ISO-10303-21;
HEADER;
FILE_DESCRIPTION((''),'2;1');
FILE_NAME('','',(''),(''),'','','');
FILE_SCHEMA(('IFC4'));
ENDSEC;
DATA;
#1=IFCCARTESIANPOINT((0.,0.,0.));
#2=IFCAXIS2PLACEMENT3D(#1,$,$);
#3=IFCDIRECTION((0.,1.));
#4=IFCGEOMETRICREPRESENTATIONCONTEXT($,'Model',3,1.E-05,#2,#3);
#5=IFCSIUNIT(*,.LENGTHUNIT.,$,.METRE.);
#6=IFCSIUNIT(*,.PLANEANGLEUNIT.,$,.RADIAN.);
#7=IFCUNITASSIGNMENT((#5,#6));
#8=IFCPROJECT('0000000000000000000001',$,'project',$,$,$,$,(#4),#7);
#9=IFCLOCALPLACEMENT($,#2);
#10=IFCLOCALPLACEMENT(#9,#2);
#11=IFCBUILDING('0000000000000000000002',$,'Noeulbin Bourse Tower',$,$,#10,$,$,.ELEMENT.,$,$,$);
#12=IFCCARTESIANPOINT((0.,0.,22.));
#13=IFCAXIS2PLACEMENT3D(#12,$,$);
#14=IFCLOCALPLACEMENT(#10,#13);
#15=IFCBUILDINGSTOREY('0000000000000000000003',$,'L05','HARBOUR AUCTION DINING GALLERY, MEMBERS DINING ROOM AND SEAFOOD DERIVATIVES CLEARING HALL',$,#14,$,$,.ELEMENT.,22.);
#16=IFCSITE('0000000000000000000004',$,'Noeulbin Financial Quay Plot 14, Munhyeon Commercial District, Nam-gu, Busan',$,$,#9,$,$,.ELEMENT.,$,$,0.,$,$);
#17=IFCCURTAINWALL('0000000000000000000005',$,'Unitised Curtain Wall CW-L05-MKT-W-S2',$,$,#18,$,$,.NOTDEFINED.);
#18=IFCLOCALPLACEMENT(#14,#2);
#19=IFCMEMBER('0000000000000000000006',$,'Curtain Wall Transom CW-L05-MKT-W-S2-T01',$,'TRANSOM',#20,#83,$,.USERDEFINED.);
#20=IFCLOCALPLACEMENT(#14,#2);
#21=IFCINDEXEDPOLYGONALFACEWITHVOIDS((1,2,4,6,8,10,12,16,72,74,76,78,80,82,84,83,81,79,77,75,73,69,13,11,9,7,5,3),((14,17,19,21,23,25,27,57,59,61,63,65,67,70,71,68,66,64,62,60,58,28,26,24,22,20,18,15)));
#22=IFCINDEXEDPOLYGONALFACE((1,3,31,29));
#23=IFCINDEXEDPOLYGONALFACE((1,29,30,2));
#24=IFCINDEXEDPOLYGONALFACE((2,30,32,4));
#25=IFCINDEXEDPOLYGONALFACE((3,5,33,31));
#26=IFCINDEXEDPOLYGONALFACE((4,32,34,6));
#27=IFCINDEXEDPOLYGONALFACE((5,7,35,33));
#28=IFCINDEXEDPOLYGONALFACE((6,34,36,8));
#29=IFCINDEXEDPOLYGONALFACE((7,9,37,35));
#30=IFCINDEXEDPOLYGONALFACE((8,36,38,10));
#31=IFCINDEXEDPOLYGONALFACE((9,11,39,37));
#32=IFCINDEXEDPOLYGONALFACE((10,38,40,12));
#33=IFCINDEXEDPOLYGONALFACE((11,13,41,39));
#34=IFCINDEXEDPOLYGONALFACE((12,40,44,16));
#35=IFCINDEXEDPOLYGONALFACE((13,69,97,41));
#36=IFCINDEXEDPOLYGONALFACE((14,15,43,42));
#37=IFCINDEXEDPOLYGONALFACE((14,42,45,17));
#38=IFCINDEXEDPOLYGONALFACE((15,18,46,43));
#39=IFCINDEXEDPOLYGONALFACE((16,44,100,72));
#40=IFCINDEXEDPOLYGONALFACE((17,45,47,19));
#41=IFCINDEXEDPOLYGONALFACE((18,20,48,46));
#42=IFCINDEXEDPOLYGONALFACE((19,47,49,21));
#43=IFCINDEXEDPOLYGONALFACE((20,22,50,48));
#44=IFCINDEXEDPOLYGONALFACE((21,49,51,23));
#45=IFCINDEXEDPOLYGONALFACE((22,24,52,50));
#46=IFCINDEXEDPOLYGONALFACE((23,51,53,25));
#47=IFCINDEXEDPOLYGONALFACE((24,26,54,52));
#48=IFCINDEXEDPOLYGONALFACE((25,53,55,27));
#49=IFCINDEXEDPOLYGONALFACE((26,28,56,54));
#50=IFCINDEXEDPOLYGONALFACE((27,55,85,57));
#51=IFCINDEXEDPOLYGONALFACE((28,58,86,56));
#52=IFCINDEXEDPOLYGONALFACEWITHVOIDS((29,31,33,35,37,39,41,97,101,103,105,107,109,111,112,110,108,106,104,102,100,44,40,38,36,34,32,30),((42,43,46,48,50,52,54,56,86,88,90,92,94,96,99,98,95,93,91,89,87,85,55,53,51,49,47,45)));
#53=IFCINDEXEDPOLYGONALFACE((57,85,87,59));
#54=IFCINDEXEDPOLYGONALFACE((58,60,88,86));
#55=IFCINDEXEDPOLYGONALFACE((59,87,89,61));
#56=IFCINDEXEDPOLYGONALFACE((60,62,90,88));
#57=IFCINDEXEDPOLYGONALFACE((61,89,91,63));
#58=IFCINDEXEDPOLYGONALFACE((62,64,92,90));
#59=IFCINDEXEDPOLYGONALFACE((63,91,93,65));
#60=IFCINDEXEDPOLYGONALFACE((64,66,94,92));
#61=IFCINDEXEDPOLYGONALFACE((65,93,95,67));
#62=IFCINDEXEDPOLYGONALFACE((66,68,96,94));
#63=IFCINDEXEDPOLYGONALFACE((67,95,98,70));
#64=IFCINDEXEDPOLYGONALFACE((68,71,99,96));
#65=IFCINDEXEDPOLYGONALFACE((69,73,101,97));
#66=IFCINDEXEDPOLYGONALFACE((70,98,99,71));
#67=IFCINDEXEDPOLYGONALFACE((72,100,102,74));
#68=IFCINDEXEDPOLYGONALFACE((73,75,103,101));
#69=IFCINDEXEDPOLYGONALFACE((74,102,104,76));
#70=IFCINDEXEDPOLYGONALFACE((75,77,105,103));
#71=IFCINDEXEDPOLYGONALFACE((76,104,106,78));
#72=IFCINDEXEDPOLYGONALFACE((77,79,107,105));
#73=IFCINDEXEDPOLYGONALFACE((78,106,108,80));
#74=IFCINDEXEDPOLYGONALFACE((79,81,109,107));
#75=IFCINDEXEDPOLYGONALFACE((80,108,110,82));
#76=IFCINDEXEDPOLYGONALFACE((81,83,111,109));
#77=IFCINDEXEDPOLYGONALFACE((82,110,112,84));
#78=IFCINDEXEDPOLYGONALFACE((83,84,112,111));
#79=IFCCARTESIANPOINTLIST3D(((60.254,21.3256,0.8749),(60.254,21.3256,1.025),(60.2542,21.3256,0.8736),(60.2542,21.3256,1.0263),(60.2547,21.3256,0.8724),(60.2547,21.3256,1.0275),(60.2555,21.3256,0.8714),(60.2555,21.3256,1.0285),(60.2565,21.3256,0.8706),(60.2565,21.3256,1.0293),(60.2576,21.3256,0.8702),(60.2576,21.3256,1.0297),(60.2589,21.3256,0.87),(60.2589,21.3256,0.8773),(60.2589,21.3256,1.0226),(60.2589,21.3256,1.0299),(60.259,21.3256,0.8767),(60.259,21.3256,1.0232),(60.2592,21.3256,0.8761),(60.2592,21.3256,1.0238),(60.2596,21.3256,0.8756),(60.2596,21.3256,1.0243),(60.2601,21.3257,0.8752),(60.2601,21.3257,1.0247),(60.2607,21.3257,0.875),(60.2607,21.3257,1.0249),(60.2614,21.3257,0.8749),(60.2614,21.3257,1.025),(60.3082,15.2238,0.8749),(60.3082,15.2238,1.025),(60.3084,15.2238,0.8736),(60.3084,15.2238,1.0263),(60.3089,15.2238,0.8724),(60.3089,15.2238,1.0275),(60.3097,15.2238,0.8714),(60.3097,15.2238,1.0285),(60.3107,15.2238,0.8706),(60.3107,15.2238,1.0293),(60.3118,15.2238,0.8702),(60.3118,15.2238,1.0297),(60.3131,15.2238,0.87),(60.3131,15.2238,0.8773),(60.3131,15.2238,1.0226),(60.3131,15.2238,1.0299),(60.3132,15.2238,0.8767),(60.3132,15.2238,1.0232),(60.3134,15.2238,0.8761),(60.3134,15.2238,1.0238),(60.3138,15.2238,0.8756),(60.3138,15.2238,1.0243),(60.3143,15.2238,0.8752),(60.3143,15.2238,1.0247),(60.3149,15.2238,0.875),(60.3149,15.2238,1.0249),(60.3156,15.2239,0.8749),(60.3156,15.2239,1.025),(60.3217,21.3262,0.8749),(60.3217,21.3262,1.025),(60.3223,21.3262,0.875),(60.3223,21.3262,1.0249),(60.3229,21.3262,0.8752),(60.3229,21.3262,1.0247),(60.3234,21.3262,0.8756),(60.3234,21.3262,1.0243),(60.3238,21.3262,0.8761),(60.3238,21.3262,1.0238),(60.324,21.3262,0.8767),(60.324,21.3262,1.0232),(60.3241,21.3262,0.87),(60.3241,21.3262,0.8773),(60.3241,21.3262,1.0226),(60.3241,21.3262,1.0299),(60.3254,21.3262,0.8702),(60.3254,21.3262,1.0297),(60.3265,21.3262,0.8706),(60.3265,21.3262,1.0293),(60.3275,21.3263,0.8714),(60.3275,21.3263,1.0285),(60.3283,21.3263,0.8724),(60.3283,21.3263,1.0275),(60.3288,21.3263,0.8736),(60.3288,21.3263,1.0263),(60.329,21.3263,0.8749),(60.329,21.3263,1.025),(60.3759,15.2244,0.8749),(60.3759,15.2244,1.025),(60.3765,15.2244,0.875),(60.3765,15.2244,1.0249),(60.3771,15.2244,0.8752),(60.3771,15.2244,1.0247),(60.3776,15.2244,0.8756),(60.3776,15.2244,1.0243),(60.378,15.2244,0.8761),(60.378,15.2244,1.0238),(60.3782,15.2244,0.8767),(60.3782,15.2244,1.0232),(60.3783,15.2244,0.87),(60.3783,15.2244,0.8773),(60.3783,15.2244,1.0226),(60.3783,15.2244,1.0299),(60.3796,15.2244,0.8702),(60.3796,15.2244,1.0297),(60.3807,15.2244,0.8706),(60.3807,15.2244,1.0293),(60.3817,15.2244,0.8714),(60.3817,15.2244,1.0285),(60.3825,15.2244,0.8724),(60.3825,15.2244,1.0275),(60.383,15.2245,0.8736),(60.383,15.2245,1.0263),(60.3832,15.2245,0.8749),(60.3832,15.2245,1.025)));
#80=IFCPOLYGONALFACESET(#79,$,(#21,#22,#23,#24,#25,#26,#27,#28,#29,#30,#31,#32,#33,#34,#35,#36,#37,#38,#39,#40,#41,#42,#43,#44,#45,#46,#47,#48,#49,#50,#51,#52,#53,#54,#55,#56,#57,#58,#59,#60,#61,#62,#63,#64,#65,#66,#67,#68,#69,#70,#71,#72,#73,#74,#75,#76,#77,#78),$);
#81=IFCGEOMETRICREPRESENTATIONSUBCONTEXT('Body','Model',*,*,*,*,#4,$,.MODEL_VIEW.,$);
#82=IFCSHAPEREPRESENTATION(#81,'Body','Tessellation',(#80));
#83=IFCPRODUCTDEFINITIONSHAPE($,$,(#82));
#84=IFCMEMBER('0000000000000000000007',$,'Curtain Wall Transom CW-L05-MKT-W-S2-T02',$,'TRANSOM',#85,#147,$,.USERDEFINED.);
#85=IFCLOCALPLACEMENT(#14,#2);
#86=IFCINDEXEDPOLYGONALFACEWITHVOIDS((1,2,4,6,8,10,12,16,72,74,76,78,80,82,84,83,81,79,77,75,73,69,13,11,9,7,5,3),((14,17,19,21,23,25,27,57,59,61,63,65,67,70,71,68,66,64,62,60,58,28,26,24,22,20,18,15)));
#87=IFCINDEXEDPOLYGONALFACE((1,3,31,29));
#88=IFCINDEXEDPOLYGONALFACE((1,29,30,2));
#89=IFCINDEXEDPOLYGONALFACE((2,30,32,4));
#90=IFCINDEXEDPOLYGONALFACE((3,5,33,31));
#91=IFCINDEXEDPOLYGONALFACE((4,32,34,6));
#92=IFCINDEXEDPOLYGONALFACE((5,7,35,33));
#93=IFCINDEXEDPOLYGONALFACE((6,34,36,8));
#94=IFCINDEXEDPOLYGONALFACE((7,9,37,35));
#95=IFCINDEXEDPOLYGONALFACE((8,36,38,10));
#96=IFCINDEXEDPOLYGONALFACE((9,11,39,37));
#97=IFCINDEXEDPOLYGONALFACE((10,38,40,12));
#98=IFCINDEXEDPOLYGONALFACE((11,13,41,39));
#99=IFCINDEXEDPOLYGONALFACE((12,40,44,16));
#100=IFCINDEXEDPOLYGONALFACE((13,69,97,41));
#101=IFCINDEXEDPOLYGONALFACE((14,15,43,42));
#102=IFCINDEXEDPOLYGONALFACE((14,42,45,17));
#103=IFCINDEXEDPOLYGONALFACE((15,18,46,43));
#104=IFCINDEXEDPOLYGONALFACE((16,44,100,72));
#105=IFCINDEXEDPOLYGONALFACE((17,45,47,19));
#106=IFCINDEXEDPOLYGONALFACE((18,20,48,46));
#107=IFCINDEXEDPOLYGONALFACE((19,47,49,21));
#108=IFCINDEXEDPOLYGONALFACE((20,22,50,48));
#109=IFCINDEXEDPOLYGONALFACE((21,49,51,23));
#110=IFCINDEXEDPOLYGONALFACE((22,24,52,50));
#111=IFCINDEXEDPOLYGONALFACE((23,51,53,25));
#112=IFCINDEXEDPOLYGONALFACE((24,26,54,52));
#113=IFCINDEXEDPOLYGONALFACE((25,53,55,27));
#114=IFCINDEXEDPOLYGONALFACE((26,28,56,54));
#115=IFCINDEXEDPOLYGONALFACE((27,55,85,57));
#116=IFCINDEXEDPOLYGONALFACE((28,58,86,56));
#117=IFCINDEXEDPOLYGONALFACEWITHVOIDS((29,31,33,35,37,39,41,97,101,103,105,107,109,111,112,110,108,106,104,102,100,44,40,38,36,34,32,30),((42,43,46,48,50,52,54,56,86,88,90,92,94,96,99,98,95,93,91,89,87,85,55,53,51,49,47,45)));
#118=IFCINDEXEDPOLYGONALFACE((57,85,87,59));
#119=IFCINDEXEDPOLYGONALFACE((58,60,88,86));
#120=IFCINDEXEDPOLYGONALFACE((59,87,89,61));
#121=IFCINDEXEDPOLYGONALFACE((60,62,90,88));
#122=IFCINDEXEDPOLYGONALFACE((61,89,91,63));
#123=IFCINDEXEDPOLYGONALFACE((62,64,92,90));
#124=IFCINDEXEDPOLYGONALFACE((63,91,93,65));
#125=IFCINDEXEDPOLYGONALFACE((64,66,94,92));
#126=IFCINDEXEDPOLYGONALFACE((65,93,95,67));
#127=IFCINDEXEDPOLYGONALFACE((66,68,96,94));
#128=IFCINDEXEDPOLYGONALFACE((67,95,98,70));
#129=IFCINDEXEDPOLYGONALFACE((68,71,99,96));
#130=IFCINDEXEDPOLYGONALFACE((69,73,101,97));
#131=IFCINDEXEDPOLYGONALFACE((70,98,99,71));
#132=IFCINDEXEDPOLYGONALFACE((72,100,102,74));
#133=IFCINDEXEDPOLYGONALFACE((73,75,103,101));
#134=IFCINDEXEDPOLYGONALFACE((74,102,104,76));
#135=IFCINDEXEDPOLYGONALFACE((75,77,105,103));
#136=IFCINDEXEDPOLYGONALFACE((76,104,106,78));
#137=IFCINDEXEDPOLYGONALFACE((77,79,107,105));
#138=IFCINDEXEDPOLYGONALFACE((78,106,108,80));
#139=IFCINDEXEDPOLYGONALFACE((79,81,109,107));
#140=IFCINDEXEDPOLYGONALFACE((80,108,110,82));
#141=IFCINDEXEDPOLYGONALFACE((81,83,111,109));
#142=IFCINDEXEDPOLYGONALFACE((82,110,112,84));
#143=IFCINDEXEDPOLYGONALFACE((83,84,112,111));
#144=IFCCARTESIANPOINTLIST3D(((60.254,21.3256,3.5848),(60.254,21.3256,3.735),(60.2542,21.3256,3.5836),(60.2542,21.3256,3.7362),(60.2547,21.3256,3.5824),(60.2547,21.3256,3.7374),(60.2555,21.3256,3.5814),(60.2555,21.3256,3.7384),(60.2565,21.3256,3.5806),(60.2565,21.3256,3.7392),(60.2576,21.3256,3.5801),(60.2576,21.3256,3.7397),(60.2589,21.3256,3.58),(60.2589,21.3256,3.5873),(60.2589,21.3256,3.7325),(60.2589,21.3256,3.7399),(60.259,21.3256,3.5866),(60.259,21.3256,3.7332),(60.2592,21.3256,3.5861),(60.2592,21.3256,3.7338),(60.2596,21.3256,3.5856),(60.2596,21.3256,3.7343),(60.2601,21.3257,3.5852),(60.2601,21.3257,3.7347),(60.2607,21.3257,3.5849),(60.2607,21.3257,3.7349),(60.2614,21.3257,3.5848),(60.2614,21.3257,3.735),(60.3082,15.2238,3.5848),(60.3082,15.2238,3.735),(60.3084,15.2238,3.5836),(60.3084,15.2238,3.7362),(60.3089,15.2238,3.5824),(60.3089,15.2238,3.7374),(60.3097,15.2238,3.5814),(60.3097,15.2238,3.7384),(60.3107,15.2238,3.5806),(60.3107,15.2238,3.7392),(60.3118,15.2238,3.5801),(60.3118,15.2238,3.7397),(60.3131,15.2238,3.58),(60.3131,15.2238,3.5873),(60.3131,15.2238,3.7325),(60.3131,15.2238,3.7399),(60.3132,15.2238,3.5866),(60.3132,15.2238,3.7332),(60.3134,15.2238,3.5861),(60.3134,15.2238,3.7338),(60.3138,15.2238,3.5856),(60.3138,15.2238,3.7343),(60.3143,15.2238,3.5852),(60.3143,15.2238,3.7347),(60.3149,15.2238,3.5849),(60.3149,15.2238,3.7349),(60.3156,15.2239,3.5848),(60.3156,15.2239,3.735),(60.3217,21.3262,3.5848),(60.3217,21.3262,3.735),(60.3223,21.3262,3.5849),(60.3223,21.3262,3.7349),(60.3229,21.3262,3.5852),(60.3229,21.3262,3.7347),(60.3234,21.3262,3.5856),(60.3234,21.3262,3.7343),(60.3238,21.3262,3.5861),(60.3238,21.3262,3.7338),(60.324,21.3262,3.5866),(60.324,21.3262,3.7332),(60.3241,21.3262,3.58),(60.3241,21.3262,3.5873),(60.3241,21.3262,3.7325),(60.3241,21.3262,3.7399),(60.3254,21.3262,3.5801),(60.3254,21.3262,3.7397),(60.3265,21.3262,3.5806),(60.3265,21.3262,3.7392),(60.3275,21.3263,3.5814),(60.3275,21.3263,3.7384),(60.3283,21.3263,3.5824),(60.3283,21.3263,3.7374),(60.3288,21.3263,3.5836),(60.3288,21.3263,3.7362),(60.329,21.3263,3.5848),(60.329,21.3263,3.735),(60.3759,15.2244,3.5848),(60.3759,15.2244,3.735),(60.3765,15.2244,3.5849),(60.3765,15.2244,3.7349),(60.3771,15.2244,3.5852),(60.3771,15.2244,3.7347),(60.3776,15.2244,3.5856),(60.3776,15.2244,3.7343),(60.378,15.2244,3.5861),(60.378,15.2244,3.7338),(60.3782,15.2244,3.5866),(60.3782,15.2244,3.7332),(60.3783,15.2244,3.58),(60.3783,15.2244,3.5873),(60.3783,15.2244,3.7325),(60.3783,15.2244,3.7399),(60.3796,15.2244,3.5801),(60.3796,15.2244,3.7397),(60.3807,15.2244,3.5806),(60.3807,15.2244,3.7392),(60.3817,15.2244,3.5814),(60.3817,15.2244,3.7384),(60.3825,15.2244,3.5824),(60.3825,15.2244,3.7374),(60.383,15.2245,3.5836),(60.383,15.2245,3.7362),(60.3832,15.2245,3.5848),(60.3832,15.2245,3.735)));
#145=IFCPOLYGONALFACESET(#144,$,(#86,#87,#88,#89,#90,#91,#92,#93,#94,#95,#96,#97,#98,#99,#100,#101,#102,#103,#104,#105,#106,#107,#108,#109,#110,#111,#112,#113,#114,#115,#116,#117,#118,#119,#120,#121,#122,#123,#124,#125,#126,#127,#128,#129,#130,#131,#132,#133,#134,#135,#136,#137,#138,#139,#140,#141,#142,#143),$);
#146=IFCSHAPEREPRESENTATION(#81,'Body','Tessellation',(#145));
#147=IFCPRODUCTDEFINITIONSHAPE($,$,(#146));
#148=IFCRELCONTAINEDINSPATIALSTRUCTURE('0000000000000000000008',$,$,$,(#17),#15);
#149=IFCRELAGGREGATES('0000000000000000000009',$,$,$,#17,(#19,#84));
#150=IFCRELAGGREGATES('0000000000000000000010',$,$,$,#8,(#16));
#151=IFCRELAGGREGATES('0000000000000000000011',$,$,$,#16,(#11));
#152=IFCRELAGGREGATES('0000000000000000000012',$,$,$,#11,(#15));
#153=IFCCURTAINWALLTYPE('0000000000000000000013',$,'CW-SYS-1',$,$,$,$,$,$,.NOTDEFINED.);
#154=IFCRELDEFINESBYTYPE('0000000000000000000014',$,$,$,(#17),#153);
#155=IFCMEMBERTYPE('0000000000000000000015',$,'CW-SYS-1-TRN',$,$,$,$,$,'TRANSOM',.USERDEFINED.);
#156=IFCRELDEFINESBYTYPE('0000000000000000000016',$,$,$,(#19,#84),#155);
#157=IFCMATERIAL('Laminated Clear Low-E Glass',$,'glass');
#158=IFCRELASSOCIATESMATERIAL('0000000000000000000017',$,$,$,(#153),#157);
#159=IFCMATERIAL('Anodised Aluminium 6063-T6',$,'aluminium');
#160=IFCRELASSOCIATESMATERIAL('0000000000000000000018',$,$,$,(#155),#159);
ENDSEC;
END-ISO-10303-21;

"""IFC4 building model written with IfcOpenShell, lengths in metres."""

from ifc_helpers import new_model, si_unit, direction, frame, origin, origin_2d, place, context, subcontext, project, spatial, hollow_rectangle, extrude, material, material_profile, profile_set, type_object, element, aggregate, save


model = new_model("IFC4")

# Units and contexts
model_context = context("Model", 3, precision=1e-05, world=origin(), true_north=direction((0.0, 1.0)))
body_context = subcontext(model_context, "Body", "Model", "MODEL_VIEW")
ifc_project = project(units=[si_unit("LENGTHUNIT", "METRE"), si_unit("PLANEANGLEUNIT", "RADIAN")], contexts=[model_context])

# Site, building, storey
site_placement = place(None, origin())
site = spatial("IfcSite", under=ifc_project, at=site_placement, Name="Noeulbin Financial Quay Plot 14, Munhyeon Commercial District, Nam-gu, Busan", CompositionType="ELEMENT", RefElevation=0.0)
building_placement = place(site_placement, origin())
building = spatial("IfcBuilding", under=site, at=building_placement, Name="Noeulbin Bourse Tower", CompositionType="ELEMENT")
storey_placement = place(building_placement, frame((0.0, 0.0, 22.0)))
storey = spatial("IfcBuildingStorey", under=building, at=storey_placement, Name="L05", Description="HARBOUR AUCTION DINING GALLERY, MEMBERS DINING ROOM AND SEAFOOD DERIVATIVES CLEARING HALL", CompositionType="ELEMENT", Elevation=22.0)

# Curtain wall
ifc_material_1 = material(Name="Laminated Clear Low-E Glass", Category="glass")
curtain_wall_type_1 = type_object("IfcCurtainWallType", Name="CW-SYS-1", PredefinedType="NOTDEFINED", material=ifc_material_1)
curtain_wall_1_placement = place(storey_placement, origin())
curtain_wall_1 = element("IfcCurtainWall", 1, at=curtain_wall_1_placement, inside=storey, type_object=curtain_wall_type_1, Name="Unitised Curtain Wall CW-L05-MKT-W-S2", PredefinedType="NOTDEFINED")
ifc_material_2 = material(Name="Anodised Aluminium 6063-T6", Category="aluminium")

# Members
ifc_material_profile_1 = material_profile(ifc_material_2, hollow_rectangle(XDim=0.075, YDim=0.1599, WallThickness=0.0049, InnerFilletRadius=0.0024, OuterFilletRadius=0.0049, at=origin_2d()), Name="ALU-TRAN-75x160x5", Category="LoadBearing")
ifc_profile_set_1 = profile_set([ifc_material_profile_1], Name="Anodised Aluminium 6063-T6")
member_type_1 = type_object("IfcMemberType", Name="CW-SYS-1-TRN", ElementType="TRANSOM", PredefinedType="USERDEFINED", material=ifc_profile_set_1)
member_1_placement = place(storey_placement, frame((60.3457, 15.2241, 0.95), z_axis=(-0.008882, 0.999961, 0.0), x_axis=(-0.999961, -0.008882, 0.0)))
member_1 = element("IfcMember", 2, at=member_1_placement, type_object=member_type_1, Name="Curtain Wall Transom CW-L05-MKT-W-S2-T01", ObjectType="TRANSOM", PredefinedType="USERDEFINED", context=body_context, shape_type="SweptSolid", body=[
    extrude(hollow_rectangle(XDim=0.075, YDim=0.1599, WallThickness=0.0049, InnerFilletRadius=0.0024, OuterFilletRadius=0.0049, at=origin_2d()), origin(), (0.0, 0.0, 1.0), 6.1021),
])
member_2_placement = place(storey_placement, frame((60.3457, 15.2241, 3.6599), z_axis=(-0.008882, 0.999961, 0.0), x_axis=(-0.999961, -0.008882, 0.0)))
member_2 = element("IfcMember", 3, at=member_2_placement, type_object=member_type_1, Name="Curtain Wall Transom CW-L05-MKT-W-S2-T02", ObjectType="TRANSOM", PredefinedType="USERDEFINED", context=body_context, shape_type="SweptSolid", body=[
    extrude(hollow_rectangle(XDim=0.075, YDim=0.1599, WallThickness=0.0049, InnerFilletRadius=0.0024, OuterFilletRadius=0.0049, at=origin_2d()), origin(), (0.0, 0.0, 1.0), 6.1021),
])

aggregate(curtain_wall_1, [member_1, member_2])

save(model, "model.ifc")
